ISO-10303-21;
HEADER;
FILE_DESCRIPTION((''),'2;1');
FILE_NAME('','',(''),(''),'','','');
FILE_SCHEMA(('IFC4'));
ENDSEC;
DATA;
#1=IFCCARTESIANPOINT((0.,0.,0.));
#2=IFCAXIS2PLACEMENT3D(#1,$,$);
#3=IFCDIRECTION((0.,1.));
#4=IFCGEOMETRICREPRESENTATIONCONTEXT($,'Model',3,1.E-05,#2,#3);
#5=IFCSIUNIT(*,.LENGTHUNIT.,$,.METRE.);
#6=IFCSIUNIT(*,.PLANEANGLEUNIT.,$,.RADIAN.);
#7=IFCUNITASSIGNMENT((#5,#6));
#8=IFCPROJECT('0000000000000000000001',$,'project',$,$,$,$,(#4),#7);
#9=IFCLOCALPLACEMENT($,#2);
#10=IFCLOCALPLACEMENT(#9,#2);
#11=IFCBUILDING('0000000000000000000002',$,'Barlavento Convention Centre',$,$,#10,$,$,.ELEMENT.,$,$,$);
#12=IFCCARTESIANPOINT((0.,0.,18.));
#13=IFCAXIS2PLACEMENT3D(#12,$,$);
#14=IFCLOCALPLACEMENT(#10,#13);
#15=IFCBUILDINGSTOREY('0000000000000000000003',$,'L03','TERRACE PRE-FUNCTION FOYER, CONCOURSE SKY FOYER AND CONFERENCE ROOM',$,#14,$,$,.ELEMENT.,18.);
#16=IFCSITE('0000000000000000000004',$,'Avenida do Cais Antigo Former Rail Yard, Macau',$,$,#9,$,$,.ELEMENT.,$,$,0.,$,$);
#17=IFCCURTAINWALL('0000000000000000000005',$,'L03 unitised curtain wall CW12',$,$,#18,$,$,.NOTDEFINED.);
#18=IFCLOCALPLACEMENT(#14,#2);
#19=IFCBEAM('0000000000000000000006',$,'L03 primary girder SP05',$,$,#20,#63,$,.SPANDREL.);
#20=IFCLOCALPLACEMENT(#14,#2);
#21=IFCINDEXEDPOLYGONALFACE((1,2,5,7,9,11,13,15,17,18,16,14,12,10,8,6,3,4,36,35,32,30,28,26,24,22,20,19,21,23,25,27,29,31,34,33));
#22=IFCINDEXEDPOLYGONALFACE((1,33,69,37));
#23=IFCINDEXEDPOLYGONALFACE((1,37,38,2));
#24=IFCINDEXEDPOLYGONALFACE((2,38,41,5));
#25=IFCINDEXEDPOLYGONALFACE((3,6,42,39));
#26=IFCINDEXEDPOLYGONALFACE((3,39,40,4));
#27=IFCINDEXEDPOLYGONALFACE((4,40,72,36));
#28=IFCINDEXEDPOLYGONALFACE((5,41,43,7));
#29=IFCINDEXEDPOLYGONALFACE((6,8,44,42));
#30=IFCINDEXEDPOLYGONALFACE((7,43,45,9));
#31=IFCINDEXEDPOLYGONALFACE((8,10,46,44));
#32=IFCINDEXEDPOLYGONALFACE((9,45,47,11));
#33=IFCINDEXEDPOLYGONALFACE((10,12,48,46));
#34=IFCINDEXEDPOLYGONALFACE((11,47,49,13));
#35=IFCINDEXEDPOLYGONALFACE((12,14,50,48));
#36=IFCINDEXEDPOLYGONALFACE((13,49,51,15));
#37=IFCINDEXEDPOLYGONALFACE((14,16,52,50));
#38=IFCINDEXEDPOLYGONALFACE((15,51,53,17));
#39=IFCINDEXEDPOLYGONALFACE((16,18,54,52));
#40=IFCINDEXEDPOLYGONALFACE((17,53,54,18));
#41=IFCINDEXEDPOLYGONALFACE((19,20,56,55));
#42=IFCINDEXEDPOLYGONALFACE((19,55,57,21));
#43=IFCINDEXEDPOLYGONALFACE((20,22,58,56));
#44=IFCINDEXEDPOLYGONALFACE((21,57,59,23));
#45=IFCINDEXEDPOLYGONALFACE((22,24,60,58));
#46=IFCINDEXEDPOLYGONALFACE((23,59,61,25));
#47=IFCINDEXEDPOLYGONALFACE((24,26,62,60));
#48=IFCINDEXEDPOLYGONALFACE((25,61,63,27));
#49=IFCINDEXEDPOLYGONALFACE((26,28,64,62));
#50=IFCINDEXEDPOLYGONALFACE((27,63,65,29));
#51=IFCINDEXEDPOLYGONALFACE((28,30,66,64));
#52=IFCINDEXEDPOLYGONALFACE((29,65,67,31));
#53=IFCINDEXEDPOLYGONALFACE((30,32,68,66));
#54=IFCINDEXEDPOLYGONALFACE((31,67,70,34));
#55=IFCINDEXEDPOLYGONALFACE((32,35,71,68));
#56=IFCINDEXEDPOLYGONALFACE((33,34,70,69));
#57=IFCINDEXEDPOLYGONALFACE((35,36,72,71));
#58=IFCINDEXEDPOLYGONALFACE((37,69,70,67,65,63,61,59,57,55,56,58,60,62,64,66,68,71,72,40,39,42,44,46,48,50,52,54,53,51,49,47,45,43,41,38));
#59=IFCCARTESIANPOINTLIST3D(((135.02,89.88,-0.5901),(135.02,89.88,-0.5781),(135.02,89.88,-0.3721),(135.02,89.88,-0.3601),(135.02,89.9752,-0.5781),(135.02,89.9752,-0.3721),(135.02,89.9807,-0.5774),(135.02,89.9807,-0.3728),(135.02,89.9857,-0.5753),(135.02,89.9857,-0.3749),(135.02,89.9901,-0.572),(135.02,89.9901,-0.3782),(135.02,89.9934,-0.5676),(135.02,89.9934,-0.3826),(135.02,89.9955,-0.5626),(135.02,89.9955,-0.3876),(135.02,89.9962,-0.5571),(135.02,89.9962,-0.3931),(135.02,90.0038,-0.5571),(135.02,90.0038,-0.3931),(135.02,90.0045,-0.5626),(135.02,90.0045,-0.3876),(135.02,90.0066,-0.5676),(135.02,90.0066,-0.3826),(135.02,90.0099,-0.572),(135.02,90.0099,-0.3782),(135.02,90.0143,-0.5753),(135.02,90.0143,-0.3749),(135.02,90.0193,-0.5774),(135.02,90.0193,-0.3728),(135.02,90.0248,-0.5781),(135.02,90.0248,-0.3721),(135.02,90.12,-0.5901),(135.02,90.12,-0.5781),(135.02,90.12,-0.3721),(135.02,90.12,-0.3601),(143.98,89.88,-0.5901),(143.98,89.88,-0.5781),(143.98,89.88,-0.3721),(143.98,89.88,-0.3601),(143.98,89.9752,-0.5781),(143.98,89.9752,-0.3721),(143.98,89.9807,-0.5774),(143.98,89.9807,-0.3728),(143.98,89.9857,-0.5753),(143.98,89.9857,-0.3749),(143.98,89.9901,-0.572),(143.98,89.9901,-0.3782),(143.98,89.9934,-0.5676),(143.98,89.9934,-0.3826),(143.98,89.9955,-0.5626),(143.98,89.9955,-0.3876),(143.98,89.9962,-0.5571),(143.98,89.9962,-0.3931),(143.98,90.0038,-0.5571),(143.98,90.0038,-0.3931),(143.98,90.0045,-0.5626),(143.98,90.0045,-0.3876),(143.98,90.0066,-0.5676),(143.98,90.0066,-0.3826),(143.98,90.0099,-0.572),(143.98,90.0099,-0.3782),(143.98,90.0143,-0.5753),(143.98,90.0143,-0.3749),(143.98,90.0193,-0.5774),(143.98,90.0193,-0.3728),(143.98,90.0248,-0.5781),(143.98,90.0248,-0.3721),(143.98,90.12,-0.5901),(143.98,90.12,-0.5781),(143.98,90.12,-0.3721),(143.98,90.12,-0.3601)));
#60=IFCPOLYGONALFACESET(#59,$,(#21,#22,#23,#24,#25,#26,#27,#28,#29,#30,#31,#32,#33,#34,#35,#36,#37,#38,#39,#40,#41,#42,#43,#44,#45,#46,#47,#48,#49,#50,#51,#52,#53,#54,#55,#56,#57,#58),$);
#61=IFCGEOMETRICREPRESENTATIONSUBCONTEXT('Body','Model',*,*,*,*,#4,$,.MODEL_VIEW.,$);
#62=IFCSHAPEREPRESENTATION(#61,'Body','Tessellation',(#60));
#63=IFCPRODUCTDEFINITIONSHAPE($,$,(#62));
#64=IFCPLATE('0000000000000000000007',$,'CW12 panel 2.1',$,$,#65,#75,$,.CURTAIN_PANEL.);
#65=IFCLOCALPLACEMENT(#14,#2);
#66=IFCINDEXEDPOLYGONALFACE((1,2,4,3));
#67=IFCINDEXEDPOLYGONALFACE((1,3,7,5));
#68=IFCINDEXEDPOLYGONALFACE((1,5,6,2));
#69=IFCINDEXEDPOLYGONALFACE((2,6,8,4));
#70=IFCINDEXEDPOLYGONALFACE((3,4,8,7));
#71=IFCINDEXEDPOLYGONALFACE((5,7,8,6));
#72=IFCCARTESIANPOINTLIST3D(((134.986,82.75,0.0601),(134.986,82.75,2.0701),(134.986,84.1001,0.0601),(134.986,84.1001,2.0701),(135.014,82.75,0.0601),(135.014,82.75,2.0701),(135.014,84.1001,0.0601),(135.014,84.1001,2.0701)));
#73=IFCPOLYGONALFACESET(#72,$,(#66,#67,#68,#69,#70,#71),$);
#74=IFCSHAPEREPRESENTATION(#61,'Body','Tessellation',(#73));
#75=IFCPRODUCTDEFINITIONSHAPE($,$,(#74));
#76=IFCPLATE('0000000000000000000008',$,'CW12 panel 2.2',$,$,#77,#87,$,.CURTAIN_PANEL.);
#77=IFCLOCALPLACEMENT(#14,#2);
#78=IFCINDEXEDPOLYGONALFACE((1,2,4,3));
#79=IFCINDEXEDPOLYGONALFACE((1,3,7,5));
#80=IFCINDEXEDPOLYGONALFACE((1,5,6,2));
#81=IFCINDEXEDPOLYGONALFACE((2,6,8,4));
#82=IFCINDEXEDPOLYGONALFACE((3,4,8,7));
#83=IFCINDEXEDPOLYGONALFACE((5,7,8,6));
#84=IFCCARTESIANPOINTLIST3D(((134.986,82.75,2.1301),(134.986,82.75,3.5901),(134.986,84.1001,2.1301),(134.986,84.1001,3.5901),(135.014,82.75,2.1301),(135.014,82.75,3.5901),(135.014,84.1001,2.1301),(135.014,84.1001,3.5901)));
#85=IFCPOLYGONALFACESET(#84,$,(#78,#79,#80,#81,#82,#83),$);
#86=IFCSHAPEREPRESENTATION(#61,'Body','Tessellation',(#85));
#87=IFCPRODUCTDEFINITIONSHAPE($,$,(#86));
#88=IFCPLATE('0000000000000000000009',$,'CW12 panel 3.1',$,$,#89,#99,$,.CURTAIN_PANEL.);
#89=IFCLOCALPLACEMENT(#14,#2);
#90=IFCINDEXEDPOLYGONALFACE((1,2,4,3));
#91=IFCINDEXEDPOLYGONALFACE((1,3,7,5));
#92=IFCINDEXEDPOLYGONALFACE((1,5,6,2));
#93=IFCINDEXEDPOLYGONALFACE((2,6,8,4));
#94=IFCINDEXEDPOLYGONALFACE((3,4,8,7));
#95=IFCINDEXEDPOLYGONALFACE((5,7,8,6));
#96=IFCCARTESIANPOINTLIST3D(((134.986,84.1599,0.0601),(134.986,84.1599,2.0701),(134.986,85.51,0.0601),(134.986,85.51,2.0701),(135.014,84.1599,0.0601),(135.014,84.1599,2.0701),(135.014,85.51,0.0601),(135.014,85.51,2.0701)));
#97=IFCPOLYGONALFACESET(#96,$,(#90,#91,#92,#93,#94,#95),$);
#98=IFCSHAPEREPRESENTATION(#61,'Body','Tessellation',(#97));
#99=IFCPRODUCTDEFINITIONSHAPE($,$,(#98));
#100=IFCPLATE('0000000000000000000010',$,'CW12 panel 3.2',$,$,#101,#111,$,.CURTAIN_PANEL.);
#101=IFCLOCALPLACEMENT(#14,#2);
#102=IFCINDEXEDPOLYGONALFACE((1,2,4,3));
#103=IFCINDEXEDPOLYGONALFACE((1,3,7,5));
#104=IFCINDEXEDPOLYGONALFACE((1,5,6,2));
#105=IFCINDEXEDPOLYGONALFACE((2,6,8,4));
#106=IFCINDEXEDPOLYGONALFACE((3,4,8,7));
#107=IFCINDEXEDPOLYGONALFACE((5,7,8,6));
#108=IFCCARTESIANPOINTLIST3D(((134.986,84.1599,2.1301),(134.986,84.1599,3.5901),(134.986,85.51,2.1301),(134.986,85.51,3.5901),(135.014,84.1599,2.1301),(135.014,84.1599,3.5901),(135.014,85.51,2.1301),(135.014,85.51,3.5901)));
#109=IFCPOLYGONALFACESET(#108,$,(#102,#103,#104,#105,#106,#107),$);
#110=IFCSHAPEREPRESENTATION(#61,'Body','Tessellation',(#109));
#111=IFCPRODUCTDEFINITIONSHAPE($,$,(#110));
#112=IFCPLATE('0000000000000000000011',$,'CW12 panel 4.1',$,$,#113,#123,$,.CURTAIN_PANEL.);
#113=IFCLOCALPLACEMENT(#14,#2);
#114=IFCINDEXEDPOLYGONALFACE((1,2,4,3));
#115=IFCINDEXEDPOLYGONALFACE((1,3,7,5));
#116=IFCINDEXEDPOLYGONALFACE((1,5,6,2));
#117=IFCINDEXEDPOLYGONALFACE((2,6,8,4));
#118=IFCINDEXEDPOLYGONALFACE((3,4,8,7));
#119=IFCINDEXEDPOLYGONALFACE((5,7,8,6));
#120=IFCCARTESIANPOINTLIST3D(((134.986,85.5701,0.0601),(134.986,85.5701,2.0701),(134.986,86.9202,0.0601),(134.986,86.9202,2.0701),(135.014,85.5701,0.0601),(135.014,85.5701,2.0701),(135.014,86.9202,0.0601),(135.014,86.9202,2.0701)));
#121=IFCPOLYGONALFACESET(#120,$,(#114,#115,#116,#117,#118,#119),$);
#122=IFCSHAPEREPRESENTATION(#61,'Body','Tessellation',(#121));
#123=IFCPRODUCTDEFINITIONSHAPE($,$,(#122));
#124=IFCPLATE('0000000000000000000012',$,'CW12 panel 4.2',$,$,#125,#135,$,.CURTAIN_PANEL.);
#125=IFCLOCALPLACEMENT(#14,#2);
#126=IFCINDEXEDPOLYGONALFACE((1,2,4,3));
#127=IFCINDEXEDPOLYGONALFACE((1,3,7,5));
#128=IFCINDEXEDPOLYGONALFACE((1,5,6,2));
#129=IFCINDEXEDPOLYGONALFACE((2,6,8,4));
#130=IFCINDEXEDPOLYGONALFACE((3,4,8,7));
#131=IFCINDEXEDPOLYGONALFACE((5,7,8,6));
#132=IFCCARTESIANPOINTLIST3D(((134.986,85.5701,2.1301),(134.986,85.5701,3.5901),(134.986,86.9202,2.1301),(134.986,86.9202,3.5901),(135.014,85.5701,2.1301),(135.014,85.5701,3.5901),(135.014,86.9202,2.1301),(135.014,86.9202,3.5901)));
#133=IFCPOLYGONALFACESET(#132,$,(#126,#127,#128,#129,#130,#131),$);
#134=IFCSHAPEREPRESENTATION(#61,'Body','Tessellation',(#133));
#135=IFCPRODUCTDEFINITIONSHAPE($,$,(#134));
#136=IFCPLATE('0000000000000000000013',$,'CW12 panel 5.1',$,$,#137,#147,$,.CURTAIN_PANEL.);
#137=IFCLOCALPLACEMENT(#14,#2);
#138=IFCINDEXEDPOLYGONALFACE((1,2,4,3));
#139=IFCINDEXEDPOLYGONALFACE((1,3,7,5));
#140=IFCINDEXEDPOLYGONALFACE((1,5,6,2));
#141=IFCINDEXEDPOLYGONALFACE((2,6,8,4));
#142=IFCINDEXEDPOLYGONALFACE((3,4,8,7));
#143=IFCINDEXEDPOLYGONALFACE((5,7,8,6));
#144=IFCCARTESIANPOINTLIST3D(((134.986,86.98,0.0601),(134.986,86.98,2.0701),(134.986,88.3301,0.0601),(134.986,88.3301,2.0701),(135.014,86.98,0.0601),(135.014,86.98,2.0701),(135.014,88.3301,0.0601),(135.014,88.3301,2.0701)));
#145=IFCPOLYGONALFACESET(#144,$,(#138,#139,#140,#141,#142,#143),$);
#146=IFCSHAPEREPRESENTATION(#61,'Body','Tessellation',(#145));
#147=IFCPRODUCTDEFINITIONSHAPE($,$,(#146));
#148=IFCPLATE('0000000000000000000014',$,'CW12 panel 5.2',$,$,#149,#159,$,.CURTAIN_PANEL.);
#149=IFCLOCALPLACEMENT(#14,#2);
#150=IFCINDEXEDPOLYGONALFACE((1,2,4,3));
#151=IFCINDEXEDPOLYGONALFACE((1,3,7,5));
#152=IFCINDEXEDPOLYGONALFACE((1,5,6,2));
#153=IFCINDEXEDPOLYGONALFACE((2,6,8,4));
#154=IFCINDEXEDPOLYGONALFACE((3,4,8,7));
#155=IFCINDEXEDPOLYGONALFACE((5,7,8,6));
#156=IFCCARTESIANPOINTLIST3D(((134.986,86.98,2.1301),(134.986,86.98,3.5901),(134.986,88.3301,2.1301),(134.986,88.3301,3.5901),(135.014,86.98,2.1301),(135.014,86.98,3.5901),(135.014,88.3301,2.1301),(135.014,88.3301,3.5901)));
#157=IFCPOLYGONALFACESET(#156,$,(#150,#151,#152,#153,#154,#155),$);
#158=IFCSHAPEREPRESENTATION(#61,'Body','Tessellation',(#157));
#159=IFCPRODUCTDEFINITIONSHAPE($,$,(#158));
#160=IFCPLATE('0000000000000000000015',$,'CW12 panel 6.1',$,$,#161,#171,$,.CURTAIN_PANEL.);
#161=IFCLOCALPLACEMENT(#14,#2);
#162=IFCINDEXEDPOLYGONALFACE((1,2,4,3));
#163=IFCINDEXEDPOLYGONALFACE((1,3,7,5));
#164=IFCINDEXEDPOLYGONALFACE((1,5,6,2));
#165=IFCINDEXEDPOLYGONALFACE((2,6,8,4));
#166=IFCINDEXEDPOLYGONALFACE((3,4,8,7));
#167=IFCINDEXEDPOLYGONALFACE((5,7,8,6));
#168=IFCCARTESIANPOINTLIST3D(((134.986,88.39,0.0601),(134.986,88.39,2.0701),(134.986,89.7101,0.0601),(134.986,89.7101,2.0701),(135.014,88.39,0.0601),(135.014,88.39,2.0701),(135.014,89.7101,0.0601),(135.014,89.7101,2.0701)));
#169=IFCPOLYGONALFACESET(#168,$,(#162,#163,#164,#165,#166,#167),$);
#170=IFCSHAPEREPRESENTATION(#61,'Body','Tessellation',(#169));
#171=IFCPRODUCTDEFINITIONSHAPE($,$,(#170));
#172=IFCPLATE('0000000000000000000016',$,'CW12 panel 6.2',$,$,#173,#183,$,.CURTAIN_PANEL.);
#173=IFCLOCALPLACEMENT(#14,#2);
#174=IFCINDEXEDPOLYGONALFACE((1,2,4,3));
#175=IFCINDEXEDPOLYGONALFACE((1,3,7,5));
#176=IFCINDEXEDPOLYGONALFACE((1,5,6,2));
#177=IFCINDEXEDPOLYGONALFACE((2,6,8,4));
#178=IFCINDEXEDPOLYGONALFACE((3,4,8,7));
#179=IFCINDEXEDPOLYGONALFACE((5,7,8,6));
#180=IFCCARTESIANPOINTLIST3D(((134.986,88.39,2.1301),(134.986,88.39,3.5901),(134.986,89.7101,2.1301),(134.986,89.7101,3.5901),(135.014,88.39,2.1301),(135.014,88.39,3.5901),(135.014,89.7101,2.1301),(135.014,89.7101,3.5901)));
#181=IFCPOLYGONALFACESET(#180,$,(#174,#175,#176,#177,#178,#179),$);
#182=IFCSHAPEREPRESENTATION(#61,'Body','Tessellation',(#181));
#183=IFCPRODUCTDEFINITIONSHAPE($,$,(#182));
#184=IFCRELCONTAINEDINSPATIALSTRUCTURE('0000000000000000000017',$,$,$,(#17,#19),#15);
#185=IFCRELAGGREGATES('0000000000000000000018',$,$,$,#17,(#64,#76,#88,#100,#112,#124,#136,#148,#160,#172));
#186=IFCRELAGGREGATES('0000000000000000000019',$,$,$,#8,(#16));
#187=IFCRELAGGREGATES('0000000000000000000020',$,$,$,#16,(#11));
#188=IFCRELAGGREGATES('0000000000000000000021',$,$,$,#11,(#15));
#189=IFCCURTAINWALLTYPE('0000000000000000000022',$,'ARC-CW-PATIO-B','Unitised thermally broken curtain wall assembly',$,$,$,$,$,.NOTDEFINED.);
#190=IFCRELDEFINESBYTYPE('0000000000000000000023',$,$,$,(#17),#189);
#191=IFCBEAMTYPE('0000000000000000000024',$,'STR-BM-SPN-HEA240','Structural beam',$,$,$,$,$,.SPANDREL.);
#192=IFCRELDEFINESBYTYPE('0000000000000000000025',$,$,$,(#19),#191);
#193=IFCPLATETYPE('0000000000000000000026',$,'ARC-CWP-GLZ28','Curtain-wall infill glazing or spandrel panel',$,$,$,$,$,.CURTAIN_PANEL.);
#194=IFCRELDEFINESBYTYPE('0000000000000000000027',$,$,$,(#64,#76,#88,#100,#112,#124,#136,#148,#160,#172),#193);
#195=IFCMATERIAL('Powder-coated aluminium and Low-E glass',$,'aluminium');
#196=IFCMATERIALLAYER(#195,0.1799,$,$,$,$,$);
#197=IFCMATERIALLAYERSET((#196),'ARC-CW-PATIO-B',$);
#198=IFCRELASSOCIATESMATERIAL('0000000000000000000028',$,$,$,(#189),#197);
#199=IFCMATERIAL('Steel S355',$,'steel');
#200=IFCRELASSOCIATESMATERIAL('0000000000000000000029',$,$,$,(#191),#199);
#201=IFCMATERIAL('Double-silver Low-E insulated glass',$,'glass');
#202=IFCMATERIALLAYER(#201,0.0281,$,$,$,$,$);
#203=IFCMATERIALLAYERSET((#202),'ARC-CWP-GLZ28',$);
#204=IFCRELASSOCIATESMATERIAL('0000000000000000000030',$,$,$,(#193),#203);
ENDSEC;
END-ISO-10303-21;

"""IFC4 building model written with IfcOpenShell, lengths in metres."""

from ifc_helpers import new_model, si_unit, direction, frame, origin, origin_2d, place, context, subcontext, project, spatial, rectangle, i_section, extrude, material, layer, layer_set, material_profile, profile_set, type_object, element, aggregate, save


model = new_model("IFC4")

# Units and contexts
model_context = context("Model", 3, precision=1e-05, world=origin(), true_north=direction((0.0, 1.0)))
body_context = subcontext(model_context, "Body", "Model", "MODEL_VIEW")
ifc_project = project(units=[si_unit("LENGTHUNIT", "METRE"), si_unit("PLANEANGLEUNIT", "RADIAN")], contexts=[model_context])

# Site, building, storey
site_placement = place(None, origin())
site = spatial("IfcSite", under=ifc_project, at=site_placement, Name="Avenida do Cais Antigo Former Rail Yard, Macau", CompositionType="ELEMENT", RefElevation=0.0)
building_placement = place(site_placement, origin())
building = spatial("IfcBuilding", under=site, at=building_placement, Name="Barlavento Convention Centre", CompositionType="ELEMENT")
storey_placement = place(building_placement, frame((0.0, 0.0, 18.0)))
storey = spatial("IfcBuildingStorey", under=building, at=storey_placement, Name="L03", Description="TERRACE PRE-FUNCTION FOYER, CONCOURSE SKY FOYER AND CONFERENCE ROOM", CompositionType="ELEMENT", Elevation=18.0)

# Curtain wall
ifc_material_1 = material(Name="Powder-coated aluminium and Low-E glass", Category="aluminium")
ifc_layer_1 = layer(ifc_material_1, 0.1799)
ifc_layer_set_1 = layer_set([ifc_layer_1], Name="ARC-CW-PATIO-B")
curtain_wall_type = type_object("IfcCurtainWallType", Name="ARC-CW-PATIO-B", Description="Unitised thermally broken curtain wall assembly", PredefinedType="NOTDEFINED", material=ifc_layer_set_1)
curtain_wall_placement = place(storey_placement, origin())
curtain_wall = element("IfcCurtainWall", 1, at=curtain_wall_placement, inside=storey, type_object=curtain_wall_type, Name="L03 unitised curtain wall CW12", PredefinedType="NOTDEFINED")

# Beam
ifc_material_2 = material(Name="Steel S355", Category="steel")
ifc_material_profile_1 = material_profile(ifc_material_2, i_section(OverallWidth=0.24, OverallDepth=0.23, WebThickness=0.0076, FlangeThickness=0.012, FilletRadius=0.021, at=origin_2d()), Name="HEA 240")
ifc_profile_set_1 = profile_set([ifc_material_profile_1], Name="Steel S355")
beam_type = type_object("IfcBeamType", Name="STR-BM-SPN-HEA240", Description="Structural beam", PredefinedType="SPANDREL", material=ifc_profile_set_1)
beam_placement = place(storey_placement, frame((135.02, 90.0, -0.4751), z_axis=(1.0, 0.0, 0.0), x_axis=(0.0, 1.0, 0.0)))
element("IfcBeam", 2, at=beam_placement, inside=storey, type_object=beam_type, Name="L03 primary girder SP05", PredefinedType="SPANDREL", context=body_context, shape_type="SweptSolid", body=[
    extrude(i_section(OverallWidth=0.24, OverallDepth=0.23, WebThickness=0.0076, FlangeThickness=0.012, FilletRadius=0.021, at=origin_2d()), origin(), (0.0, 0.0, 1.0), 8.96),
])

# Plates
ifc_material_3 = material(Name="Double-silver Low-E insulated glass", Category="glass")
ifc_layer_2 = layer(ifc_material_3, 0.0281)
ifc_layer_set_2 = layer_set([ifc_layer_2], Name="ARC-CWP-GLZ28")
plate_type = type_object("IfcPlateType", Name="ARC-CWP-GLZ28", Description="Curtain-wall infill glazing or spandrel panel", PredefinedType="CURTAIN_PANEL", material=ifc_layer_set_2)
plate_1_placement = place(storey_placement, frame((135.0, 83.425, 0.0601), z_axis=(0.0, 0.0, 1.0), x_axis=(0.0, 1.0, 0.0)))
plate_1 = element("IfcPlate", 3, at=plate_1_placement, type_object=plate_type, Name="CW12 panel 2.1", PredefinedType="CURTAIN_PANEL", context=body_context, shape_type="SweptSolid", body=[
    extrude(rectangle(XDim=1.3501, YDim=0.0281, at=origin_2d()), origin(), (0.0, 0.0, 1.0), 2.01),
])
plate_2_placement = place(storey_placement, frame((135.0, 83.425, 2.1301), z_axis=(0.0, 0.0, 1.0), x_axis=(0.0, 1.0, 0.0)))
plate_2 = element("IfcPlate", 4, at=plate_2_placement, type_object=plate_type, Name="CW12 panel 2.2", PredefinedType="CURTAIN_PANEL", context=body_context, shape_type="SweptSolid", body=[
    extrude(rectangle(XDim=1.3501, YDim=0.0281, at=origin_2d()), origin(), (0.0, 0.0, 1.0), 1.46),
])
plate_3_placement = place(storey_placement, frame((135.0, 84.835, 0.0601), z_axis=(0.0, 0.0, 1.0), x_axis=(0.0, 1.0, 0.0)))
plate_3 = element("IfcPlate", 5, at=plate_3_placement, type_object=plate_type, Name="CW12 panel 3.1", PredefinedType="CURTAIN_PANEL", context=body_context, shape_type="SweptSolid", body=[
    extrude(rectangle(XDim=1.3501, YDim=0.0281, at=origin_2d()), origin(), (0.0, 0.0, 1.0), 2.01),
])
plate_4_placement = place(storey_placement, frame((135.0, 84.835, 2.1301), z_axis=(0.0, 0.0, 1.0), x_axis=(0.0, 1.0, 0.0)))
plate_4 = element("IfcPlate", 6, at=plate_4_placement, type_object=plate_type, Name="CW12 panel 3.2", PredefinedType="CURTAIN_PANEL", context=body_context, shape_type="SweptSolid", body=[
    extrude(rectangle(XDim=1.3501, YDim=0.0281, at=origin_2d()), origin(), (0.0, 0.0, 1.0), 1.46),
])
plate_5_placement = place(storey_placement, frame((135.0, 86.2451, 0.0601), z_axis=(0.0, 0.0, 1.0), x_axis=(0.0, 1.0, 0.0)))
plate_5 = element("IfcPlate", 7, at=plate_5_placement, type_object=plate_type, Name="CW12 panel 4.1", PredefinedType="CURTAIN_PANEL", context=body_context, shape_type="SweptSolid", body=[
    extrude(rectangle(XDim=1.3501, YDim=0.0281, at=origin_2d()), origin(), (0.0, 0.0, 1.0), 2.01),
])
plate_6_placement = place(storey_placement, frame((135.0, 86.2451, 2.1301), z_axis=(0.0, 0.0, 1.0), x_axis=(0.0, 1.0, 0.0)))
plate_6 = element("IfcPlate", 8, at=plate_6_placement, type_object=plate_type, Name="CW12 panel 4.2", PredefinedType="CURTAIN_PANEL", context=body_context, shape_type="SweptSolid", body=[
    extrude(rectangle(XDim=1.3501, YDim=0.0281, at=origin_2d()), origin(), (0.0, 0.0, 1.0), 1.46),
])
plate_7_placement = place(storey_placement, frame((135.0, 87.655, 0.0601), z_axis=(0.0, 0.0, 1.0), x_axis=(0.0, 1.0, 0.0)))
plate_7 = element("IfcPlate", 9, at=plate_7_placement, type_object=plate_type, Name="CW12 panel 5.1", PredefinedType="CURTAIN_PANEL", context=body_context, shape_type="SweptSolid", body=[
    extrude(rectangle(XDim=1.3501, YDim=0.0281, at=origin_2d()), origin(), (0.0, 0.0, 1.0), 2.01),
])
plate_8_placement = place(storey_placement, frame((135.0, 87.655, 2.1301), z_axis=(0.0, 0.0, 1.0), x_axis=(0.0, 1.0, 0.0)))
plate_8 = element("IfcPlate", 10, at=plate_8_placement, type_object=plate_type, Name="CW12 panel 5.2", PredefinedType="CURTAIN_PANEL", context=body_context, shape_type="SweptSolid", body=[
    extrude(rectangle(XDim=1.3501, YDim=0.0281, at=origin_2d()), origin(), (0.0, 0.0, 1.0), 1.46),
])
plate_9_placement = place(storey_placement, frame((135.0, 89.05, 0.0601), z_axis=(0.0, 0.0, 1.0), x_axis=(0.0, 1.0, 0.0)))
plate_9 = element("IfcPlate", 11, at=plate_9_placement, type_object=plate_type, Name="CW12 panel 6.1", PredefinedType="CURTAIN_PANEL", context=body_context, shape_type="SweptSolid", body=[
    extrude(rectangle(XDim=1.3201, YDim=0.0281, at=origin_2d()), origin(), (0.0, 0.0, 1.0), 2.01),
])
plate_10_placement = place(storey_placement, frame((135.0, 89.05, 2.1301), z_axis=(0.0, 0.0, 1.0), x_axis=(0.0, 1.0, 0.0)))
plate_10 = element("IfcPlate", 12, at=plate_10_placement, type_object=plate_type, Name="CW12 panel 6.2", PredefinedType="CURTAIN_PANEL", context=body_context, shape_type="SweptSolid", body=[
    extrude(rectangle(XDim=1.3201, YDim=0.0281, at=origin_2d()), origin(), (0.0, 0.0, 1.0), 1.46),
])
aggregate(curtain_wall, [plate_1, plate_2, plate_3, plate_4, plate_5, plate_6, plate_7, plate_8, plate_9, plate_10])

save(model, "model.ifc")
